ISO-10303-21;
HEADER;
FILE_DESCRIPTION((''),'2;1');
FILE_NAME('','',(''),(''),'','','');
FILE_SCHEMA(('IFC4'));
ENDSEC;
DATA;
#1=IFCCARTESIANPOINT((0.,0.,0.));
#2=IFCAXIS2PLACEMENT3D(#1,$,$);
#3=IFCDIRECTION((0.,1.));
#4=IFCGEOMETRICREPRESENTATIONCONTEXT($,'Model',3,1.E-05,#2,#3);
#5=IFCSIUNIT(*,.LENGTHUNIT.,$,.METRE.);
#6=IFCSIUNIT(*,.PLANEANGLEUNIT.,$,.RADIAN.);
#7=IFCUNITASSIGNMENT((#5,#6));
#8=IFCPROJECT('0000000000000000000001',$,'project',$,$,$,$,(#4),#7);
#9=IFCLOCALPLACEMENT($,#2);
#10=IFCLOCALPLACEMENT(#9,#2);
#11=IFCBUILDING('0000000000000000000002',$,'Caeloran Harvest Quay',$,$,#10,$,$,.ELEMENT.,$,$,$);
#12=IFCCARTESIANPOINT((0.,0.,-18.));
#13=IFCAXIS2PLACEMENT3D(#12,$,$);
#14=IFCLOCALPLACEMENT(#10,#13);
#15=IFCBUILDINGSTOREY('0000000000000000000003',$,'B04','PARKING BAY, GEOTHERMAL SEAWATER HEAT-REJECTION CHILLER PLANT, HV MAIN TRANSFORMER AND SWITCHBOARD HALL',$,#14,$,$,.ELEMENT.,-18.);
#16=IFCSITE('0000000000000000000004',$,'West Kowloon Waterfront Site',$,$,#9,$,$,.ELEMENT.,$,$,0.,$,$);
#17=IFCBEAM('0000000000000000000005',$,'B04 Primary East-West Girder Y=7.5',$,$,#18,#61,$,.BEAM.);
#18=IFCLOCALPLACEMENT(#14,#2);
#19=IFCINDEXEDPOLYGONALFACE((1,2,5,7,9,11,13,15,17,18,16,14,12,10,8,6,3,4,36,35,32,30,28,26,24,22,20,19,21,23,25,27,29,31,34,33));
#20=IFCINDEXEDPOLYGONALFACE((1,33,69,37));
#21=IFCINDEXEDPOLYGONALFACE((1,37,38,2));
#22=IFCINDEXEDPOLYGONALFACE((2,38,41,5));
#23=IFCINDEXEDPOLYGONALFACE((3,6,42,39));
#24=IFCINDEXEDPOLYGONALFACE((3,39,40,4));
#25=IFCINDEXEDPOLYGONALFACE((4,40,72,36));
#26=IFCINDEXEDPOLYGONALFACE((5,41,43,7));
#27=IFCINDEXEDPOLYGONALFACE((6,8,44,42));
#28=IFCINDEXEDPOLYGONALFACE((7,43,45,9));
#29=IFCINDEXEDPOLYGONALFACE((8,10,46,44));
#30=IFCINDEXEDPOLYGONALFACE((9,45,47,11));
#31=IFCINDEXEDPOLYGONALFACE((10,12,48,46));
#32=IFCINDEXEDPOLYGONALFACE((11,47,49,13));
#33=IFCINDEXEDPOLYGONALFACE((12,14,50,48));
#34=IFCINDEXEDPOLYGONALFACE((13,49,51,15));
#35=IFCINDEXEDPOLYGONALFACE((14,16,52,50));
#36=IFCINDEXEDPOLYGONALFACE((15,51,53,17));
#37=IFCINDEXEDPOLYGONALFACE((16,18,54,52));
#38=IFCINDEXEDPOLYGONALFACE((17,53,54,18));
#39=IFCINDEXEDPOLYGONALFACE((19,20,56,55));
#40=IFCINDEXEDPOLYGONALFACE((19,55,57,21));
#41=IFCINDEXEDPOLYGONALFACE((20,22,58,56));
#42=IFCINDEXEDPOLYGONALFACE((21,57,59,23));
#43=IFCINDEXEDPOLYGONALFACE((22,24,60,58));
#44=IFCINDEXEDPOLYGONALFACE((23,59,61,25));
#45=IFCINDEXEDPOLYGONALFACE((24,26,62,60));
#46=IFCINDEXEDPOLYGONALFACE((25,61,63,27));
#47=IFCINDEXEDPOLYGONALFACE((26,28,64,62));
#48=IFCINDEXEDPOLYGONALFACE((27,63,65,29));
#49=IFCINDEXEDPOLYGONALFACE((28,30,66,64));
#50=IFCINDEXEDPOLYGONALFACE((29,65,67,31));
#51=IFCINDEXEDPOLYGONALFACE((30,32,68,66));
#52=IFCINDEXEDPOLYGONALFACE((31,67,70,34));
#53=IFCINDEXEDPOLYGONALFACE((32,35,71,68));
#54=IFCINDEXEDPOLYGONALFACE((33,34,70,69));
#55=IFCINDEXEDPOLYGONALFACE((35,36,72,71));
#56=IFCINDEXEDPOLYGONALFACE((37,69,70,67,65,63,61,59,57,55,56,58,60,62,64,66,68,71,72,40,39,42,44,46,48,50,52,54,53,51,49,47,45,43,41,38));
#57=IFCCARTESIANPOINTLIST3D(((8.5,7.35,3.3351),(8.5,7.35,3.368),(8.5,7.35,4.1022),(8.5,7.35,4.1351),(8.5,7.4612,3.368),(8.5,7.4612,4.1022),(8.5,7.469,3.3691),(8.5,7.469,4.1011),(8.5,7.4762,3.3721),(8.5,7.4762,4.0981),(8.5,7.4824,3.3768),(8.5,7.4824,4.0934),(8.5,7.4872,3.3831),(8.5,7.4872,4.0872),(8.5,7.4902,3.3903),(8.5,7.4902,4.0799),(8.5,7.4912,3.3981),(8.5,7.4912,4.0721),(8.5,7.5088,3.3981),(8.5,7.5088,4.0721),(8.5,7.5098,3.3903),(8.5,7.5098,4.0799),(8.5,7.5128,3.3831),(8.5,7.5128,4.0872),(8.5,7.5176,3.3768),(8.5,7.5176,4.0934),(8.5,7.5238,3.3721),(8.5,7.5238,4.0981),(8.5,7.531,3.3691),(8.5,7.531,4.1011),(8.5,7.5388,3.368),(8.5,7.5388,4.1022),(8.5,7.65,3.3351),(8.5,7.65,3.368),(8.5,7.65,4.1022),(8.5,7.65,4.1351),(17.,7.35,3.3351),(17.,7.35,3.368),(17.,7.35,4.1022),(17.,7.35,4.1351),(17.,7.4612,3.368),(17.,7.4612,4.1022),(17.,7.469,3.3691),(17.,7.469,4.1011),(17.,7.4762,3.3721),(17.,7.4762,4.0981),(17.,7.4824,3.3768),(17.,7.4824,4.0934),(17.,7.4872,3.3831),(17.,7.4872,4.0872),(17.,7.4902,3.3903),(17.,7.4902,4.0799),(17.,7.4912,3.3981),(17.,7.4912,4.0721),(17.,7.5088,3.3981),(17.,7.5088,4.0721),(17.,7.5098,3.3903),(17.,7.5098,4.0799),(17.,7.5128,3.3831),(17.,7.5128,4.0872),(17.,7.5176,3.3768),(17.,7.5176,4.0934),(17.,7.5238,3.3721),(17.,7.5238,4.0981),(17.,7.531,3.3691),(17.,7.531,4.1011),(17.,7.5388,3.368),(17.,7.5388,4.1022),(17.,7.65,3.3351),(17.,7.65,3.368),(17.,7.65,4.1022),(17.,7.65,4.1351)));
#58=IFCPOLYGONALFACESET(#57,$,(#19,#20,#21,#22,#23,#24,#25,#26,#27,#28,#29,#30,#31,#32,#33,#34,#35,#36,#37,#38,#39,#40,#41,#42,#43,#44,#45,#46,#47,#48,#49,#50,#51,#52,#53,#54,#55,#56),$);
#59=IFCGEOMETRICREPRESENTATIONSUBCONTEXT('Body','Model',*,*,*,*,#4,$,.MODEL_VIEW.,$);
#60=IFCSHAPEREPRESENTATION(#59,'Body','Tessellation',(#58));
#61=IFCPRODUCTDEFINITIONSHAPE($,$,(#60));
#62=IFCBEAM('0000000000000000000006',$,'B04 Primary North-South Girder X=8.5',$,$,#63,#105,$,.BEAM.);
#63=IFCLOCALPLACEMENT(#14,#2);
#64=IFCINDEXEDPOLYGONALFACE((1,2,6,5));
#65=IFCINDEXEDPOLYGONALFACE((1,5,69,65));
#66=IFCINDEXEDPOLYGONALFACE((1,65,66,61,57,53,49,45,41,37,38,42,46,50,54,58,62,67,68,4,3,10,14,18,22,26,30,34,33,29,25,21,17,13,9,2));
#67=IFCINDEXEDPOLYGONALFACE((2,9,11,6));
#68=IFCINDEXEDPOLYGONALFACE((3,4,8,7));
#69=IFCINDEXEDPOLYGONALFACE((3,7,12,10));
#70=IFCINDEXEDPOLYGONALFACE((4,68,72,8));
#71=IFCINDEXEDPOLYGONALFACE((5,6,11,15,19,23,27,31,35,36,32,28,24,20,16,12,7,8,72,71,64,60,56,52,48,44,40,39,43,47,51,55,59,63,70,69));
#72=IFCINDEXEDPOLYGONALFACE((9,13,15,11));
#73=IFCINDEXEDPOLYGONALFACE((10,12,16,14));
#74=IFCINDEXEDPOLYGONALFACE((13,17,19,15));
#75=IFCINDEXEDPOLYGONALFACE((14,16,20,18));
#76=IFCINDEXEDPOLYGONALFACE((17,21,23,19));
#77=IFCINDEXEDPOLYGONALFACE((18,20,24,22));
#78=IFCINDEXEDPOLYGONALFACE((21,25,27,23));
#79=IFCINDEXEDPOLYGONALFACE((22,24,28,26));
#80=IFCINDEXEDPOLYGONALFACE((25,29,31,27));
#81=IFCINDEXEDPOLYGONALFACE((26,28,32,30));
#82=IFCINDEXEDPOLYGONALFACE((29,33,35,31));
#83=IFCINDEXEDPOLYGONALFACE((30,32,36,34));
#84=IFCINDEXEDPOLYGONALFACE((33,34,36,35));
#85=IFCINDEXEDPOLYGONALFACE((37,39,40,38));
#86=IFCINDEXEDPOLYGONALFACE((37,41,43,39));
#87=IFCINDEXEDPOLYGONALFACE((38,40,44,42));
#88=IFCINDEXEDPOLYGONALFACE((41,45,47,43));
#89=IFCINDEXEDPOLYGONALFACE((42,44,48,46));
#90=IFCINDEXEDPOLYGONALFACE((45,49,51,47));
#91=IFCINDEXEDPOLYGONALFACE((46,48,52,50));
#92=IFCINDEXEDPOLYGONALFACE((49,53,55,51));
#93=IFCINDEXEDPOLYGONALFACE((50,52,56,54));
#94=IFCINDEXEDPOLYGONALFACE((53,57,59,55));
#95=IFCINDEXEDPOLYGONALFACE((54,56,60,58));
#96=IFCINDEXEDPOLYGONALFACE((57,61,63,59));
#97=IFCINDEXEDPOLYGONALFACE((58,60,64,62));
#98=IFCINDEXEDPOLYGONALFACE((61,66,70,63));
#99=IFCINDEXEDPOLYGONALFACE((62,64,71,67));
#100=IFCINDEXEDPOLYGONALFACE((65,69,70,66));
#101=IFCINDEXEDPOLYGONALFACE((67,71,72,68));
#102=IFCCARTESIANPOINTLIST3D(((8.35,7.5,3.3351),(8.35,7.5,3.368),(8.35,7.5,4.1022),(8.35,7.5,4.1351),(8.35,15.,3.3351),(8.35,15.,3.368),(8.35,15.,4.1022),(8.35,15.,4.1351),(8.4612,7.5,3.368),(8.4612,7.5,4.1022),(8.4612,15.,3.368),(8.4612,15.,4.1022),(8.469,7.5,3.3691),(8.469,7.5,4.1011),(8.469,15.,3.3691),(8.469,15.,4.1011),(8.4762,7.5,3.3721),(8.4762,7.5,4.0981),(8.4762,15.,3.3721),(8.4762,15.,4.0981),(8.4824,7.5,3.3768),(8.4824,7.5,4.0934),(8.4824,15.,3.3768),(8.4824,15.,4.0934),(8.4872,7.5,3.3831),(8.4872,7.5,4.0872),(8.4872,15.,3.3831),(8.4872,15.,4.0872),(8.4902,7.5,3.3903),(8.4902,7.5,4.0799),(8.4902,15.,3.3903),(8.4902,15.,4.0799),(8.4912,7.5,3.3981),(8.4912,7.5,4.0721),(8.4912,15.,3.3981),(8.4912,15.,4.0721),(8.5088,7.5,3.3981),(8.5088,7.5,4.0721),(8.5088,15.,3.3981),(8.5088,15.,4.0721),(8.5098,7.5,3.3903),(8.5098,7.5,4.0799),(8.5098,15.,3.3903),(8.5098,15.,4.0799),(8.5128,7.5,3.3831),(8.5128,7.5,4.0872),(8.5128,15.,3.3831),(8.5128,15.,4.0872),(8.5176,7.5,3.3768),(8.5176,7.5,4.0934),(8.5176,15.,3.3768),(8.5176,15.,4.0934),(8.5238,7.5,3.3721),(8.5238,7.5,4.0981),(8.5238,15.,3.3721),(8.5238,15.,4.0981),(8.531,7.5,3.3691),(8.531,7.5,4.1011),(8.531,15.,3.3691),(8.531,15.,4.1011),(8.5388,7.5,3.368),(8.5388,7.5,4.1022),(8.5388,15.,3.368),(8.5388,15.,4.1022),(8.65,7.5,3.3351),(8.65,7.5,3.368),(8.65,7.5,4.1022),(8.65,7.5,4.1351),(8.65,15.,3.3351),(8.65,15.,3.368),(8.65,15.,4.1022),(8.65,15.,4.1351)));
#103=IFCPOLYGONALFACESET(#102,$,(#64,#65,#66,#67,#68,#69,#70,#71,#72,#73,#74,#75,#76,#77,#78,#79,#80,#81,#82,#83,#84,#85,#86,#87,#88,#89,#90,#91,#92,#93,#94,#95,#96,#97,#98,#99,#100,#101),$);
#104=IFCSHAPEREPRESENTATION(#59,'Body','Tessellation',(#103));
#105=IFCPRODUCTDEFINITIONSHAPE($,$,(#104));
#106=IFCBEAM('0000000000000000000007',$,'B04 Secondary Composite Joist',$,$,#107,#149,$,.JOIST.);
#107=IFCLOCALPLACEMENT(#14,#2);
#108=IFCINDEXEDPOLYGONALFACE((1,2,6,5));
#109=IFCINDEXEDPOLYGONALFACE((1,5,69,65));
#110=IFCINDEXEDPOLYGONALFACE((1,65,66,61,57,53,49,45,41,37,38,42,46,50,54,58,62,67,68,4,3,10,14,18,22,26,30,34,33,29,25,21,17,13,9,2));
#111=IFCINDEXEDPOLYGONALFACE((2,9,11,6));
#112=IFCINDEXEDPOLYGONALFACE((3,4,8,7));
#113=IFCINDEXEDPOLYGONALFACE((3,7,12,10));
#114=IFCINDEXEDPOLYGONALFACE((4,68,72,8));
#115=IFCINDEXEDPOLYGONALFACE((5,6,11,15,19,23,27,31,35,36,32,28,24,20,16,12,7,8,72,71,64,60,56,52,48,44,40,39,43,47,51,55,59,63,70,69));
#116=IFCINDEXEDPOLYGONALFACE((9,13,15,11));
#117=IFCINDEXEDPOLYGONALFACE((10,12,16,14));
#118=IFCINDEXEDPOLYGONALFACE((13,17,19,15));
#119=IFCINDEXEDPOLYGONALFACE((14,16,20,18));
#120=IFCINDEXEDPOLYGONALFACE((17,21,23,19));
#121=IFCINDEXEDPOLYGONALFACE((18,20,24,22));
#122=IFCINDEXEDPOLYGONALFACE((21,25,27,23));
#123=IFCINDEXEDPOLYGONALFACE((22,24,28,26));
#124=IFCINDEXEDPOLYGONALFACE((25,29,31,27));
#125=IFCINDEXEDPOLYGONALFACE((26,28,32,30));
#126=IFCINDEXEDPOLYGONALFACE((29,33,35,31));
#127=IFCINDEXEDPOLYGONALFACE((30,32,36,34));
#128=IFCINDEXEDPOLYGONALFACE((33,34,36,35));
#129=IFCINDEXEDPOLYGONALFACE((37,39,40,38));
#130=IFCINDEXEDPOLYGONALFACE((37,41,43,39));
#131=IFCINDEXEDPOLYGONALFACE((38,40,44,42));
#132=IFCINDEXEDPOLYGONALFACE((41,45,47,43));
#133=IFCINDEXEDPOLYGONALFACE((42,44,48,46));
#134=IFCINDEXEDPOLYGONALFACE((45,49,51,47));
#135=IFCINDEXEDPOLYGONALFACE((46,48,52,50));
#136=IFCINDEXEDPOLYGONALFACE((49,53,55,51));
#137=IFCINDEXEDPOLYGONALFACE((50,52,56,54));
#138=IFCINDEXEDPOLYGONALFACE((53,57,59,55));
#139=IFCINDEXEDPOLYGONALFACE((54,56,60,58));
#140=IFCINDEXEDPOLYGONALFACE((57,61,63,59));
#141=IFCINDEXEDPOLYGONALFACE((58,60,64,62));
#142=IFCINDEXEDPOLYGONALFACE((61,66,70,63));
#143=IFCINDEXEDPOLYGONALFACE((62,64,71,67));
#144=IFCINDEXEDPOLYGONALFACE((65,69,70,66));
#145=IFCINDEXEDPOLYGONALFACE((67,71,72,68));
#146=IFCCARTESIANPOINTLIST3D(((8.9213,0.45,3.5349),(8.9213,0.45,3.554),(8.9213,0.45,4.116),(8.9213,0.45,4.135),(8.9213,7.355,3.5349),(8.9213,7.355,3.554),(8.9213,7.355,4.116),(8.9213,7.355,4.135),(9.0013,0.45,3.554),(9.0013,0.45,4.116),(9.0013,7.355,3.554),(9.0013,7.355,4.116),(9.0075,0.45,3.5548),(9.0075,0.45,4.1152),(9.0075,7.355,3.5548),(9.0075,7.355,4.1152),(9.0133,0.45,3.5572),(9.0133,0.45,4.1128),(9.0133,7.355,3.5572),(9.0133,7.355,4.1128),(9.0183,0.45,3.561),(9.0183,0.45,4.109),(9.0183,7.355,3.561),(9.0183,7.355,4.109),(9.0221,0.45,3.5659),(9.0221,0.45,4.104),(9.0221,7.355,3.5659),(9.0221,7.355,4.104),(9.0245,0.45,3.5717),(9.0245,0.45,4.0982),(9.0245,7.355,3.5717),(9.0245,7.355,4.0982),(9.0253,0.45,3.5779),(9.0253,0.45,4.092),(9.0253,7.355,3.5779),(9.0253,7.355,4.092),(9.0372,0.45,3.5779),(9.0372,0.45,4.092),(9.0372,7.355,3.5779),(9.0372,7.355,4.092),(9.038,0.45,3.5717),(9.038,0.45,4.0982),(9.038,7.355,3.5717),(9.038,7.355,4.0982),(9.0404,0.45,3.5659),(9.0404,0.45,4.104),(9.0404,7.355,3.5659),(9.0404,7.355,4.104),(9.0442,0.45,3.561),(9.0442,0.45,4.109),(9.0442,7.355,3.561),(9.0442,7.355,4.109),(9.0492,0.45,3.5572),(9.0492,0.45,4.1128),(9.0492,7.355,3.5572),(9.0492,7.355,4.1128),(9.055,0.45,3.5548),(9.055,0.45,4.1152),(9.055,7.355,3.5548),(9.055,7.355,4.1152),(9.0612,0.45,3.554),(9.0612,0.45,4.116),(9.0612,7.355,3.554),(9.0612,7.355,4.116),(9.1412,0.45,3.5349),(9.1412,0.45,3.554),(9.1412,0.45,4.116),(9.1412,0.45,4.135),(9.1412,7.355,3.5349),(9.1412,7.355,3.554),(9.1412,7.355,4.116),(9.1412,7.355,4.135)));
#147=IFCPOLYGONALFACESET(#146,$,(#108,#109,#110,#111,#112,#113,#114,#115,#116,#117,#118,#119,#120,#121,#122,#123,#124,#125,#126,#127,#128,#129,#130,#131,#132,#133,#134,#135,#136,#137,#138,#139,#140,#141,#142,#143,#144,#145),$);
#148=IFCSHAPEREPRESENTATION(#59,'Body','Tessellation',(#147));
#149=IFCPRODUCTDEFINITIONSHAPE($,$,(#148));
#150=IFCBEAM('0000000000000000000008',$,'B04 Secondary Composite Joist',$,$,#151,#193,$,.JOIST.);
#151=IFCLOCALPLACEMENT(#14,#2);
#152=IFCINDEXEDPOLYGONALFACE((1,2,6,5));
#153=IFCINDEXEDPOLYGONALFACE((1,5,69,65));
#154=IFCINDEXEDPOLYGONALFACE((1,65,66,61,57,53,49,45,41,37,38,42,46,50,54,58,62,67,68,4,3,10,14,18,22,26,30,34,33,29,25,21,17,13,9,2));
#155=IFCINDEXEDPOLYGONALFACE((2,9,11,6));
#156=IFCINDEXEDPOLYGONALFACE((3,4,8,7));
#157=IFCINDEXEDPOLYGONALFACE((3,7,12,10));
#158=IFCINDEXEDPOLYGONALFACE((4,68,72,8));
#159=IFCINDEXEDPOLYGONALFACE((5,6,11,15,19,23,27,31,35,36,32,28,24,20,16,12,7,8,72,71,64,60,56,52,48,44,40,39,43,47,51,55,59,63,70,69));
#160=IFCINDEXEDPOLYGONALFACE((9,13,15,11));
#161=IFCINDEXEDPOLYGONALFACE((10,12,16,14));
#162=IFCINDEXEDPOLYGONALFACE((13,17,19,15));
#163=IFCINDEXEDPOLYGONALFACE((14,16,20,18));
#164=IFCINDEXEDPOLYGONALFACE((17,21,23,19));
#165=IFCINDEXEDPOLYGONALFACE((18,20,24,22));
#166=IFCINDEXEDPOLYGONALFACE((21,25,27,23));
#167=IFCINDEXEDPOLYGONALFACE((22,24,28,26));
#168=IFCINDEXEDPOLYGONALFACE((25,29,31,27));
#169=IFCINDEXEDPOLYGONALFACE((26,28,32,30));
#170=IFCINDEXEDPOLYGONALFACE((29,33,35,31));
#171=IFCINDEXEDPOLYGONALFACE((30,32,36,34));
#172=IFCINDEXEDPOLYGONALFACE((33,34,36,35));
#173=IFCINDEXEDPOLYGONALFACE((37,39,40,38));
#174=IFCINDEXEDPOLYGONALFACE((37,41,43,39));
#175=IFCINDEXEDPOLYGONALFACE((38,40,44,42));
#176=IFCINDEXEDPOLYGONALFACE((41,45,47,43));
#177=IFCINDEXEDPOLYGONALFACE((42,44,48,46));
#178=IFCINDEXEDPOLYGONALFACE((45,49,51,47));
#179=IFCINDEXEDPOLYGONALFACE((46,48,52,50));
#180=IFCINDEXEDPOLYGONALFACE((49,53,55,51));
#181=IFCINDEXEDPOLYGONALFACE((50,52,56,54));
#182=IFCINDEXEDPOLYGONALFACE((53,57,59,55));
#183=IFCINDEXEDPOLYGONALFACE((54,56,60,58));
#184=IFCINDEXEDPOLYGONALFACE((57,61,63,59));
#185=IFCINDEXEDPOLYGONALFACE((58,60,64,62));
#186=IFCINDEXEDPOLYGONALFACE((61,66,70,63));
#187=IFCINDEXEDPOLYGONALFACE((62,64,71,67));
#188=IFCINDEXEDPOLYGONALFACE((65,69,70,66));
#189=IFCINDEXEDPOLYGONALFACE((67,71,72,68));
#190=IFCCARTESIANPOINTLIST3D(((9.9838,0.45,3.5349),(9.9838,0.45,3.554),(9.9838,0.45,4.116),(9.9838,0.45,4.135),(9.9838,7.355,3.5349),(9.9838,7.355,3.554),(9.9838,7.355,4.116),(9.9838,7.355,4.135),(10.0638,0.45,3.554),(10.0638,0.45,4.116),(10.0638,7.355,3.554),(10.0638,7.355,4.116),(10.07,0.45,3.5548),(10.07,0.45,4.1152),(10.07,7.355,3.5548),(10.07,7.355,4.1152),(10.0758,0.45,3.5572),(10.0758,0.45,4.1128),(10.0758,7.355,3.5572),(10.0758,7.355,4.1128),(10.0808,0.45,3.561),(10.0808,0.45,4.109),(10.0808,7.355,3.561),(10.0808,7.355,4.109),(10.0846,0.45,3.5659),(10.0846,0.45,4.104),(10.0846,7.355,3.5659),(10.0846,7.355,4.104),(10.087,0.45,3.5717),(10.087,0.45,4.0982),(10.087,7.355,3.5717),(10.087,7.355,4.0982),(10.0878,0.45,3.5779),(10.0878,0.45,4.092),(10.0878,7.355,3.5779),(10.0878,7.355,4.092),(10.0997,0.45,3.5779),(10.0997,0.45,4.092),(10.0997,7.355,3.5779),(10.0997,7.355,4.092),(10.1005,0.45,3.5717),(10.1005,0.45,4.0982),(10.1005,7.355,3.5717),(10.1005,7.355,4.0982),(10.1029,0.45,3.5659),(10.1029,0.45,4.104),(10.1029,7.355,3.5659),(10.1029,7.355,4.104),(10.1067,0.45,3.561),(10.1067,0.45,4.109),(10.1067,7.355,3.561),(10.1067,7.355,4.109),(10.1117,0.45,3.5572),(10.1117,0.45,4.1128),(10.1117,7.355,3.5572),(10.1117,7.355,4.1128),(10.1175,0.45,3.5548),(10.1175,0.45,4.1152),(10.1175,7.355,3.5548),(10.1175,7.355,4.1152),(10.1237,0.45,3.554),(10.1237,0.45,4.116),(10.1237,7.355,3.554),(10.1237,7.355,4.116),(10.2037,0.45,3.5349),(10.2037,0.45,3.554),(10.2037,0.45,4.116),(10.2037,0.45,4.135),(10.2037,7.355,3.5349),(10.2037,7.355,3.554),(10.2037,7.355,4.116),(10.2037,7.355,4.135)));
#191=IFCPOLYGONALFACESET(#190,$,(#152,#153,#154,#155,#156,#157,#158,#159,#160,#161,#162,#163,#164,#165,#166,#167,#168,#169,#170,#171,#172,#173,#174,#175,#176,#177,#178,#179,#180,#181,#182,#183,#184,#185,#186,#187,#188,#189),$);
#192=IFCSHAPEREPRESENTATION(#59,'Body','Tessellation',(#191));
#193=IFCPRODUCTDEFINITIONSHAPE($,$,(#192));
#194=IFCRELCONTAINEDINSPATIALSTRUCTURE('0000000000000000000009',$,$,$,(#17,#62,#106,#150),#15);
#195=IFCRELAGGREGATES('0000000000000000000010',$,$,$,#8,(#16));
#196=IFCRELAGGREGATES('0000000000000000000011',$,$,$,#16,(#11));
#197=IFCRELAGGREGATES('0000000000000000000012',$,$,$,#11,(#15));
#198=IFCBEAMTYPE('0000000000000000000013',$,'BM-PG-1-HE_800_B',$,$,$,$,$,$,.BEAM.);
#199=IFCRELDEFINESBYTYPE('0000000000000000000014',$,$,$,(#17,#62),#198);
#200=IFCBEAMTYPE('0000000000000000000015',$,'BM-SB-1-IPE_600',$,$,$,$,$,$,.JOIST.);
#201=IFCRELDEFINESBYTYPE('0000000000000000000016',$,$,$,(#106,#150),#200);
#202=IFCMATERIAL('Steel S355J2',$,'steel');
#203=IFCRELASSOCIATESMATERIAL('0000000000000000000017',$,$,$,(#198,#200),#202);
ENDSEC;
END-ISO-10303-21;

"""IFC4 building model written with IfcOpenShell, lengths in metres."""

from ifc_helpers import new_model, si_unit, direction, frame, origin, origin_2d, place, context, subcontext, project, spatial, i_section, extrude, material, material_profile, profile_set, type_object, element, save


model = new_model("IFC4")

# Units and contexts
model_context = context("Model", 3, precision=1e-05, world=origin(), true_north=direction((0.0, 1.0)))
body_context = subcontext(model_context, "Body", "Model", "MODEL_VIEW")
ifc_project = project(units=[si_unit("LENGTHUNIT", "METRE"), si_unit("PLANEANGLEUNIT", "RADIAN")], contexts=[model_context])

# Site, building, storey
site_placement = place(None, origin())
site = spatial("IfcSite", under=ifc_project, at=site_placement, Name="West Kowloon Waterfront Site", CompositionType="ELEMENT", RefElevation=0.0)
building_placement = place(site_placement, origin())
building = spatial("IfcBuilding", under=site, at=building_placement, Name="Caeloran Harvest Quay", CompositionType="ELEMENT")
storey_placement = place(building_placement, frame((0.0, 0.0, -18.0)))
storey = spatial("IfcBuildingStorey", under=building, at=storey_placement, Name="B04", Description="PARKING BAY, GEOTHERMAL SEAWATER HEAT-REJECTION CHILLER PLANT, HV MAIN TRANSFORMER AND SWITCHBOARD HALL", CompositionType="ELEMENT", Elevation=-18.0)

# Beams
ifc_material_1 = material(Name="Steel S355J2", Category="steel")
ifc_material_profile_1 = material_profile(ifc_material_1, i_section(OverallWidth=0.3, OverallDepth=0.8, WebThickness=0.0176, FlangeThickness=0.033, FilletRadius=0.03, at=origin_2d()), Name="HE 800 B")
ifc_profile_set_1 = profile_set([ifc_material_profile_1], Name="Steel S355J2")
beam_type_1 = type_object("IfcBeamType", Name="BM-PG-1-HE_800_B", PredefinedType="BEAM", material=ifc_profile_set_1)
beam_1_placement = place(storey_placement, frame((8.5, 7.5, 3.7351), z_axis=(1.0, 0.0, 0.0), x_axis=(0.0, 1.0, 0.0)))
element("IfcBeam", 1, at=beam_1_placement, inside=storey, type_object=beam_type_1, Name="B04 Primary East-West Girder Y=7.5", PredefinedType="BEAM", context=body_context, shape_type="SweptSolid", body=[
    extrude(i_section(OverallWidth=0.3, OverallDepth=0.8, WebThickness=0.0176, FlangeThickness=0.033, FilletRadius=0.03, at=origin_2d()), origin(), (0.0, 0.0, 1.0), 8.5),
])
beam_2_placement = place(storey_placement, frame((8.5, 7.5, 3.7351), z_axis=(0.0, 1.0, 0.0), x_axis=(-1.0, 0.0, 0.0)))
element("IfcBeam", 2, at=beam_2_placement, inside=storey, type_object=beam_type_1, Name="B04 Primary North-South Girder X=8.5", PredefinedType="BEAM", context=body_context, shape_type="SweptSolid", body=[
    extrude(i_section(OverallWidth=0.3, OverallDepth=0.8, WebThickness=0.0176, FlangeThickness=0.033, FilletRadius=0.03, at=origin_2d()), origin(), (0.0, 0.0, 1.0), 7.5),
])
ifc_material_profile_2 = material_profile(ifc_material_1, i_section(OverallWidth=0.22, OverallDepth=0.6001, WebThickness=0.012, FlangeThickness=0.019, FilletRadius=0.0239, at=origin_2d()), Name="IPE 600")
ifc_profile_set_2 = profile_set([ifc_material_profile_2], Name="Steel S355J2")
beam_type_2 = type_object("IfcBeamType", Name="BM-SB-1-IPE_600", PredefinedType="JOIST", material=ifc_profile_set_2)
for number, where, z_axis, x_axis, name in (
    (3, (9.0312, 0.45, 3.835), (0.0, 1.0, 0.0), (-1.0, 0.0, 0.0), "B04 Secondary Composite Joist"),
    (4, (10.0938, 0.45, 3.835), (0.0, 1.0, 0.0), (-1.0, 0.0, 0.0), "B04 Secondary Composite Joist"),
):
    element("IfcBeam", number, at=place(storey_placement, frame(where, z_axis=z_axis, x_axis=x_axis)), inside=storey, type_object=beam_type_2, Name=name, PredefinedType="JOIST", context=body_context, shape_type="SweptSolid", body=[
        extrude(i_section(OverallWidth=0.22, OverallDepth=0.6001, WebThickness=0.012, FlangeThickness=0.019, FilletRadius=0.0239, at=origin_2d()), origin(), (0.0, 0.0, 1.0), 6.905),
    ])

save(model, "model.ifc")
